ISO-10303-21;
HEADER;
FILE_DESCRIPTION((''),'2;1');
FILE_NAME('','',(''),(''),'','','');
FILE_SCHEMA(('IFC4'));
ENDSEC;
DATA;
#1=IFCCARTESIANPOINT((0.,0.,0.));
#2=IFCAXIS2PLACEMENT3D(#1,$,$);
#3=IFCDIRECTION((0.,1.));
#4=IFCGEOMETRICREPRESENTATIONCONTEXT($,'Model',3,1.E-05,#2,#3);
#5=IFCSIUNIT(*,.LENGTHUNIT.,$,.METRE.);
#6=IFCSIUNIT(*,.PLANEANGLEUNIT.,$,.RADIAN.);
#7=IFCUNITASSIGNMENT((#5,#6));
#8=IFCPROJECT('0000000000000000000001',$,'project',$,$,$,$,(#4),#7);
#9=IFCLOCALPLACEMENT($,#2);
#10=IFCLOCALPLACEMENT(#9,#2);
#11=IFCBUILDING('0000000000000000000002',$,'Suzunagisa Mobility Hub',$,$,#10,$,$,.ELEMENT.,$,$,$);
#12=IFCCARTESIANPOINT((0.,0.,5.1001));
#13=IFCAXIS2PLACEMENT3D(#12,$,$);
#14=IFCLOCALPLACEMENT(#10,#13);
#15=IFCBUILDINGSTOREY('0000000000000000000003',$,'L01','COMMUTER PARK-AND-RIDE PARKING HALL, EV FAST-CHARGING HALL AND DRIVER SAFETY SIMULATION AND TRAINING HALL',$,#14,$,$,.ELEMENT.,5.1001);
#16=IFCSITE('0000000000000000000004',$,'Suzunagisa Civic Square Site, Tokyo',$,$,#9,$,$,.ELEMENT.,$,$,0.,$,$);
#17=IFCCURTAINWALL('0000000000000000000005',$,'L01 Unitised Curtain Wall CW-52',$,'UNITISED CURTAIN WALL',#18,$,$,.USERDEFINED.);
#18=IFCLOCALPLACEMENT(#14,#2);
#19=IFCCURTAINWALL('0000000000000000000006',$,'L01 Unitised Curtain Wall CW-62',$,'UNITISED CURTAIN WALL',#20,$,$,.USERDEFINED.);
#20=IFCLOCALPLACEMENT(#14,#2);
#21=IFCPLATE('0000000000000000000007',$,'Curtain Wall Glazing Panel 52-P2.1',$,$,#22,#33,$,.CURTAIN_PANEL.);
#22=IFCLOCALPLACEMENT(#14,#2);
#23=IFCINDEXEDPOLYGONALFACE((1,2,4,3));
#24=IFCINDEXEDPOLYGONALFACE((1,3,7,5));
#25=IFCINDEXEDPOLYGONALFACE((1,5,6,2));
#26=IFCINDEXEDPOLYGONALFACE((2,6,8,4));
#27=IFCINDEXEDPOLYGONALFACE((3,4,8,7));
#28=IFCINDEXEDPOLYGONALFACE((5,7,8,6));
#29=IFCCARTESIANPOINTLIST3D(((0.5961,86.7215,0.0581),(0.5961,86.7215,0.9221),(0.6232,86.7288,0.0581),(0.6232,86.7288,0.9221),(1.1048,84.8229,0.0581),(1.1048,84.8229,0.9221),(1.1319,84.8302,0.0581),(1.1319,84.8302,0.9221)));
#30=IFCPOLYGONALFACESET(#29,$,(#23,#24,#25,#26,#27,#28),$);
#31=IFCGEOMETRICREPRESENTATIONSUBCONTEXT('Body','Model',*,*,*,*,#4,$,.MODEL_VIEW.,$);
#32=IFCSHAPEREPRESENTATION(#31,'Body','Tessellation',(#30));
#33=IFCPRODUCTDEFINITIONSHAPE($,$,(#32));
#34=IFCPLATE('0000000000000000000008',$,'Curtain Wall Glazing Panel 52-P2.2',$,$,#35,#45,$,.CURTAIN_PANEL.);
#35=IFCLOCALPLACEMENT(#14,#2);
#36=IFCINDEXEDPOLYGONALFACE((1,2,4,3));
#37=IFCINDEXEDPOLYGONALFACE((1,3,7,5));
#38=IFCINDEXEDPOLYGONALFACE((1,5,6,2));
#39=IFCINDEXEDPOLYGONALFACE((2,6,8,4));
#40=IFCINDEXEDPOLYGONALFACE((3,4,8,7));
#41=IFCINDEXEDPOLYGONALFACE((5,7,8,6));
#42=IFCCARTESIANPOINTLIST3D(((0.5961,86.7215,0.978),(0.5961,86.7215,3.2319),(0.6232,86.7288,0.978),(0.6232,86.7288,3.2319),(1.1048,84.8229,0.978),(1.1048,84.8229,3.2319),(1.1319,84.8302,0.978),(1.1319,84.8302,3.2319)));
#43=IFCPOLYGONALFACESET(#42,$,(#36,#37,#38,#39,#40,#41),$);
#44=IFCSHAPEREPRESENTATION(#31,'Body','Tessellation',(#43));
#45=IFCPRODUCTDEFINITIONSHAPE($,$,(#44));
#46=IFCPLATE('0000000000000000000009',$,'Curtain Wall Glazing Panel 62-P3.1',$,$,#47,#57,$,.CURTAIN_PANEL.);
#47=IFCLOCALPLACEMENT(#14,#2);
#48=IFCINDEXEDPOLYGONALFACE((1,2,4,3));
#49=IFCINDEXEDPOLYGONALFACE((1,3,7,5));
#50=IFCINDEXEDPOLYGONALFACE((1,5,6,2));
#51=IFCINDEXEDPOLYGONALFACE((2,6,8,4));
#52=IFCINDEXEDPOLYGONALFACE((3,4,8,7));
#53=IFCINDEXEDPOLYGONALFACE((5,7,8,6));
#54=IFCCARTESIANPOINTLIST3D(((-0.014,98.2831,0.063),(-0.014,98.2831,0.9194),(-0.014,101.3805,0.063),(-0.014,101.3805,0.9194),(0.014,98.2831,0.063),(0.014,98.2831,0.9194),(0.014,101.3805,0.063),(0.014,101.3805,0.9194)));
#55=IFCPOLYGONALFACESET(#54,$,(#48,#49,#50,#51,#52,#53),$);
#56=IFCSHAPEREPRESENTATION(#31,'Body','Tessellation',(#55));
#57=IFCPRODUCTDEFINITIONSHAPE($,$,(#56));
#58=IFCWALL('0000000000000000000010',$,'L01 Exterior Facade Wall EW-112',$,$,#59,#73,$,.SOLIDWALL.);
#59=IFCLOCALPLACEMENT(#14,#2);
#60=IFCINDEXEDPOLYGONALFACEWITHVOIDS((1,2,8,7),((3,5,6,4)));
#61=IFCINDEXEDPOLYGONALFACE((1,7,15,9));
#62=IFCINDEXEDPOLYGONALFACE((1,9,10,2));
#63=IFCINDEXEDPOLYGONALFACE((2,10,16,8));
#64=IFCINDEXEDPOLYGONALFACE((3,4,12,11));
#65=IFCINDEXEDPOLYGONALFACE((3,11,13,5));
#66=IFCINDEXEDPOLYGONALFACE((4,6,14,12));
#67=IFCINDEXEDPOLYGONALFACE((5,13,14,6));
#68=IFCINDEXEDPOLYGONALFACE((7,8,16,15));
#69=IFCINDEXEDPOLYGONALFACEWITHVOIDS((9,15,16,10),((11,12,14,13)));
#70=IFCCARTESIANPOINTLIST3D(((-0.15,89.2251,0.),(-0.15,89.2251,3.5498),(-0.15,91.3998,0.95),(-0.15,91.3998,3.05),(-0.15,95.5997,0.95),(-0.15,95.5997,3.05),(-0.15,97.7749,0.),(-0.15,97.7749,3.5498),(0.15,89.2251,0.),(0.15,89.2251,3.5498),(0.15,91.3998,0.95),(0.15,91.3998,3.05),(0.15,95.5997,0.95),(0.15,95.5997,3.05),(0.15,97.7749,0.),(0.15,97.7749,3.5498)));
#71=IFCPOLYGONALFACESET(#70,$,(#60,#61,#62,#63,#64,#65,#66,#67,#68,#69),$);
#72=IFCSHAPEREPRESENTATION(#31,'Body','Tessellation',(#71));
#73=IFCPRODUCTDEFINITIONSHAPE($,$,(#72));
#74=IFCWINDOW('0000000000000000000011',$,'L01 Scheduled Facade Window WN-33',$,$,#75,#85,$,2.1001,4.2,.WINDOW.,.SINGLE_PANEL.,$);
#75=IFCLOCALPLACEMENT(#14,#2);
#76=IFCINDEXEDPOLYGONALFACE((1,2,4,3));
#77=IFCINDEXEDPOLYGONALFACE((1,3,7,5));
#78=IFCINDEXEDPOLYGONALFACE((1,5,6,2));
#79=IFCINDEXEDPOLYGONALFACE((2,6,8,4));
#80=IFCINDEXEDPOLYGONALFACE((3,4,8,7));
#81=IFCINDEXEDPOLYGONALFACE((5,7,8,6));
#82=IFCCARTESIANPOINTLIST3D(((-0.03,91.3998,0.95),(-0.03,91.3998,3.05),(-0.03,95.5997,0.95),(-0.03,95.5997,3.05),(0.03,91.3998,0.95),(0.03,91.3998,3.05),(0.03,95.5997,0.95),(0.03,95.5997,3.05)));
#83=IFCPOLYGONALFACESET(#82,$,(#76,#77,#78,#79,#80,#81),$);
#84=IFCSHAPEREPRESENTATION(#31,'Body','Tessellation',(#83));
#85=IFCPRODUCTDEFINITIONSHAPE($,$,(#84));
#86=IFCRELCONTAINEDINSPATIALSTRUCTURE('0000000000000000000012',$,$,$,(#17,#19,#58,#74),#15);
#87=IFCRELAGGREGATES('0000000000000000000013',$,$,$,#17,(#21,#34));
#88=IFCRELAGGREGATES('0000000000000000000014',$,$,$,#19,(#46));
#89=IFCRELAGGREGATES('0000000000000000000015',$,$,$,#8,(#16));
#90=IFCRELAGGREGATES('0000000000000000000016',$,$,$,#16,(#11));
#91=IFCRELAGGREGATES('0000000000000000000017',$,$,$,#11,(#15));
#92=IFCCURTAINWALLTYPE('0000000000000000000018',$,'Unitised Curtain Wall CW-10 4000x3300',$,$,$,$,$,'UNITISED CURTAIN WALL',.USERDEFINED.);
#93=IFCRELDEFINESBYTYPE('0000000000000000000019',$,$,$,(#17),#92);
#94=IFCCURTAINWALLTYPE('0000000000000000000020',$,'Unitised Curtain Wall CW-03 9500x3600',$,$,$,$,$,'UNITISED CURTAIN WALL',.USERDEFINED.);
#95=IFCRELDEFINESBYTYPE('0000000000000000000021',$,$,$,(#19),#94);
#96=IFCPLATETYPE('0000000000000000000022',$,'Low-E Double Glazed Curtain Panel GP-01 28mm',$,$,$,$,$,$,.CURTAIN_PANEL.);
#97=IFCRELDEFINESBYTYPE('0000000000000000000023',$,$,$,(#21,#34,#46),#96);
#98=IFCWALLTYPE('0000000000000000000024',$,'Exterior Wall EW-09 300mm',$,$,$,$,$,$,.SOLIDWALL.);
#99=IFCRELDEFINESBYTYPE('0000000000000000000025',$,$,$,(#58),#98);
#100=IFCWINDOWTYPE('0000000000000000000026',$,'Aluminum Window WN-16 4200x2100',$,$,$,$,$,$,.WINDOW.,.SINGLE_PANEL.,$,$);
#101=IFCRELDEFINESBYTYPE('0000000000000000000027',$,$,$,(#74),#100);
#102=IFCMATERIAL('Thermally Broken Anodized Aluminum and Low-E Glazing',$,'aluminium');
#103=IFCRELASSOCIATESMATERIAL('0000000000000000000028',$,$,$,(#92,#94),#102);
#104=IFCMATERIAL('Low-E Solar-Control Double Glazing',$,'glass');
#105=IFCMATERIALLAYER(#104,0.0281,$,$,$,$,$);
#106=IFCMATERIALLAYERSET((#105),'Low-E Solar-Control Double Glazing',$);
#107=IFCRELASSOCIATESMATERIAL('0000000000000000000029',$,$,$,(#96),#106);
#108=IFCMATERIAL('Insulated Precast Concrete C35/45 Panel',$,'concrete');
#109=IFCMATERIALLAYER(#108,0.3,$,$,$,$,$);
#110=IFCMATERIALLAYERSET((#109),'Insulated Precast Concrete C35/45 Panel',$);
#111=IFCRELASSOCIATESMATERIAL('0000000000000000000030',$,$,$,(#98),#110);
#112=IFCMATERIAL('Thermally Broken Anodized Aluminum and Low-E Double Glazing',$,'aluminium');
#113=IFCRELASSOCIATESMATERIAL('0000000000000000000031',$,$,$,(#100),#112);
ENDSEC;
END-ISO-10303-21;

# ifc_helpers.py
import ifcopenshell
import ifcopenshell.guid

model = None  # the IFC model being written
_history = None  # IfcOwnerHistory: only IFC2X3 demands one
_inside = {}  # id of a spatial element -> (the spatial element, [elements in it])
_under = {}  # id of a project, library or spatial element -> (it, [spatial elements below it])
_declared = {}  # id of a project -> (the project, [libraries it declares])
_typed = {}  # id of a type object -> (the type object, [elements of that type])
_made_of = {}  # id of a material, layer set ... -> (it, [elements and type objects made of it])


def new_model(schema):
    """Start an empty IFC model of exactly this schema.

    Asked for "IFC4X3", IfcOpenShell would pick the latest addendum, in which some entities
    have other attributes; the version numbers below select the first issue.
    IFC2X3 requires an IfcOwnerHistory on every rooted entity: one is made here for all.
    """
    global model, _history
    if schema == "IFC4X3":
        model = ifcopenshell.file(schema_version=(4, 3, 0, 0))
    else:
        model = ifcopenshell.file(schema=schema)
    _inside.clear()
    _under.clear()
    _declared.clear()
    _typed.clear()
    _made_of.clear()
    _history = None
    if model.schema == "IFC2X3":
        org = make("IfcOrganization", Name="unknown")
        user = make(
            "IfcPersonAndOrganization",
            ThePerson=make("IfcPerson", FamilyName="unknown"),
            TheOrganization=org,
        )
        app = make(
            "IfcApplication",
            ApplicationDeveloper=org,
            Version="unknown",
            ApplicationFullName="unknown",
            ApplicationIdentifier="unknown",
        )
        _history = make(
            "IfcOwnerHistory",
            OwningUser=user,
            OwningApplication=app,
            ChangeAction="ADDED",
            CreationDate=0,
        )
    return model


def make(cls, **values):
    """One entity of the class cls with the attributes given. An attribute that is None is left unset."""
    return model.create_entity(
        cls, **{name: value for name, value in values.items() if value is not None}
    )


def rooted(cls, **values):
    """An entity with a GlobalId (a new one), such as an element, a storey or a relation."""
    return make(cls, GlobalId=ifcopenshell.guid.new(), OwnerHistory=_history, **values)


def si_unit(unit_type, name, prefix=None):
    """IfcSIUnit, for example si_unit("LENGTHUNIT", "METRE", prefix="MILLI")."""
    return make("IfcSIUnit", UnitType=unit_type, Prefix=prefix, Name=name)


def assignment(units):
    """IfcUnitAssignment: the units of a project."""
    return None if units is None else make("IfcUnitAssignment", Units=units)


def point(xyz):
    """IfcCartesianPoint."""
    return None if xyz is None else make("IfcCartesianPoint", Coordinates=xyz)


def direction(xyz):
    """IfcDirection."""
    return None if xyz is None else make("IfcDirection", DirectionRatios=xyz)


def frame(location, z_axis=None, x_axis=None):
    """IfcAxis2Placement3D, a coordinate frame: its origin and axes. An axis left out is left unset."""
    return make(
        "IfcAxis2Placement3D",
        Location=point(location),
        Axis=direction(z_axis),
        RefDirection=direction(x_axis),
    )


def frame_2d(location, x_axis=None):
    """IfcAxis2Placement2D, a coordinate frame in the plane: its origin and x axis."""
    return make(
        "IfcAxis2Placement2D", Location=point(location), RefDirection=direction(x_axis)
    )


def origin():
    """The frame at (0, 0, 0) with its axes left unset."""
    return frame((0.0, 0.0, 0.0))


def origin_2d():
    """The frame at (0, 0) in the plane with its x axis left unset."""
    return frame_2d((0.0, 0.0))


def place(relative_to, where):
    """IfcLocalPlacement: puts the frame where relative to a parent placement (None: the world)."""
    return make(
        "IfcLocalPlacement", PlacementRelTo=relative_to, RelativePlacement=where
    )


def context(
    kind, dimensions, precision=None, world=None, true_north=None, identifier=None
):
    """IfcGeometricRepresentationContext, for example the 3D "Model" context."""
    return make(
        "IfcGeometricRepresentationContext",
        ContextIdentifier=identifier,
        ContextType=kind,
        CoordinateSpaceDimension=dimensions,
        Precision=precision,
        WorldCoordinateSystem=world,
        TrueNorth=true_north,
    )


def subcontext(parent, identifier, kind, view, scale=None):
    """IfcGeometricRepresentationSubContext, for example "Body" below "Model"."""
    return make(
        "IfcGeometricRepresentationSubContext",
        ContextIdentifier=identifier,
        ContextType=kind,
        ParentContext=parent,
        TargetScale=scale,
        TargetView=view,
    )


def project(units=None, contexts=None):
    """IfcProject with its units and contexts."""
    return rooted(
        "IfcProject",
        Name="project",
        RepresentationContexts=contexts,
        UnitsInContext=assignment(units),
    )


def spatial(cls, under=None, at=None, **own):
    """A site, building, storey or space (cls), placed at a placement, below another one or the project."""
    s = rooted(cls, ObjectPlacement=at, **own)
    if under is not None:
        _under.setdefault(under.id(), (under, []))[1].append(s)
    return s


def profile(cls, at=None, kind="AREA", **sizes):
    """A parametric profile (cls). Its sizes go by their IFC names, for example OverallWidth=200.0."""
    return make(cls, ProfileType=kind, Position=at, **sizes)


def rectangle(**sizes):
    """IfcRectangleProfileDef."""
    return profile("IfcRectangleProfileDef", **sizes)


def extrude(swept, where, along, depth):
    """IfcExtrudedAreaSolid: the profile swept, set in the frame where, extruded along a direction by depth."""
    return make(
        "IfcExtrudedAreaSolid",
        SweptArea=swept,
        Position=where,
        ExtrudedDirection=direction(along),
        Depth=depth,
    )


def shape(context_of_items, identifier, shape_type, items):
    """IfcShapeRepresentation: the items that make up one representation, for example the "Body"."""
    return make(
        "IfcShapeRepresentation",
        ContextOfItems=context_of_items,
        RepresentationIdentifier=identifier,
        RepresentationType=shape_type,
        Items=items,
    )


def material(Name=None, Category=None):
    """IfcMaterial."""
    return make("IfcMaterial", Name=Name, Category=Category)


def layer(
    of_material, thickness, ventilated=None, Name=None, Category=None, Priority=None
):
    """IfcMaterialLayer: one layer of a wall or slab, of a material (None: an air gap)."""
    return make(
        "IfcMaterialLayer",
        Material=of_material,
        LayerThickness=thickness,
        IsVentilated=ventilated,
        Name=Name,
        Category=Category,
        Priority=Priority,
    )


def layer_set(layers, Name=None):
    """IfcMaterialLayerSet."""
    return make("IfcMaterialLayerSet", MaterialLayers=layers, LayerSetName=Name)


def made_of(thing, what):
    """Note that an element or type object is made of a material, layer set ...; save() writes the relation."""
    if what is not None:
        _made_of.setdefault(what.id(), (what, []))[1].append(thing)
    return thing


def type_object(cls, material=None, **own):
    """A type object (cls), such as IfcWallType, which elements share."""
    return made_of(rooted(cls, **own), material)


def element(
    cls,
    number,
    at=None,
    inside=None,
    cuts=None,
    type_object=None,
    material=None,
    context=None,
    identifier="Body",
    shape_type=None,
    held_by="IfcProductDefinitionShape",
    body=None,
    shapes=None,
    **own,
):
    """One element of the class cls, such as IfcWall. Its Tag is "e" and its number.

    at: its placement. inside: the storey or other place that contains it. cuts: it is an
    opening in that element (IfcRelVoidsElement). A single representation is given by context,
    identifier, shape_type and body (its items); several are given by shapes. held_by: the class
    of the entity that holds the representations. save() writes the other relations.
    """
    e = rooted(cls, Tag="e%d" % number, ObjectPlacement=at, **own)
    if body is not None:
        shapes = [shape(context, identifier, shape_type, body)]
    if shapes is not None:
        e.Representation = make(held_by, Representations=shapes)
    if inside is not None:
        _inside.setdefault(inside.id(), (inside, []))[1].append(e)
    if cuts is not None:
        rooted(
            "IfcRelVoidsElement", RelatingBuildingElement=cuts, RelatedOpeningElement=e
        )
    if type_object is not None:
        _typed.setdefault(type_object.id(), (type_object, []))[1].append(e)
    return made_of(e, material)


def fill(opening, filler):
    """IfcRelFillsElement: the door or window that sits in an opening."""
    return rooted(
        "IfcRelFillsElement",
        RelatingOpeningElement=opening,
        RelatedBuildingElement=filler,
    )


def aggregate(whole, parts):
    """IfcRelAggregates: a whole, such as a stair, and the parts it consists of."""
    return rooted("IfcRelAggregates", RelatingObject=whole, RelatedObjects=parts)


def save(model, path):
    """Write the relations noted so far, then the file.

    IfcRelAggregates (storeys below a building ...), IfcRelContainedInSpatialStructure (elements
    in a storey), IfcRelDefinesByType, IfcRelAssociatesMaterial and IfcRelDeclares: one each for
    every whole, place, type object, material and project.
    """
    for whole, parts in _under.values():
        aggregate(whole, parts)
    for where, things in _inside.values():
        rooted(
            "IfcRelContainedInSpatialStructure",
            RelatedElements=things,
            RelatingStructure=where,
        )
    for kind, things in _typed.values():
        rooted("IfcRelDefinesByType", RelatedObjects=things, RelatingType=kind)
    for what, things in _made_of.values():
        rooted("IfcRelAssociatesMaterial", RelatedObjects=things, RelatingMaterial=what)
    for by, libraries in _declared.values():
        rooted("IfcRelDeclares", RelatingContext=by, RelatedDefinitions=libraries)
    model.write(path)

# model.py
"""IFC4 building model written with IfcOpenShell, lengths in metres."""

from ifc_helpers import new_model, si_unit, direction, frame, frame_2d, origin, origin_2d, place, context, subcontext, project, spatial, rectangle, extrude, material, layer, layer_set, type_object, element, fill, aggregate, save


model = new_model("IFC4")

# Units and contexts
model_context = context("Model", 3, precision=1e-05, world=origin(), true_north=direction((0.0, 1.0)))
body_context = subcontext(model_context, "Body", "Model", "MODEL_VIEW")
ifc_project = project(units=[si_unit("LENGTHUNIT", "METRE"), si_unit("PLANEANGLEUNIT", "RADIAN")], contexts=[model_context])

# Site, building, storey
site_placement = place(None, origin())
site = spatial("IfcSite", under=ifc_project, at=site_placement, Name="Suzunagisa Civic Square Site, Tokyo", CompositionType="ELEMENT", RefElevation=0.0)
building_placement = place(site_placement, origin())
building = spatial("IfcBuilding", under=site, at=building_placement, Name="Suzunagisa Mobility Hub", CompositionType="ELEMENT")
storey_placement = place(building_placement, frame((0.0, 0.0, 5.1001)))
storey = spatial("IfcBuildingStorey", under=building, at=storey_placement, Name="L01", Description="COMMUTER PARK-AND-RIDE PARKING HALL, EV FAST-CHARGING HALL AND DRIVER SAFETY SIMULATION AND TRAINING HALL", CompositionType="ELEMENT", Elevation=5.1001)

# Curtain wall
ifc_material_1 = material(Name="Thermally Broken Anodized Aluminum and Low-E Glazing", Category="aluminium")
curtain_wall_type_1 = type_object("IfcCurtainWallType", Name="Unitised Curtain Wall CW-10 4000x3300", ElementType="UNITISED CURTAIN WALL", PredefinedType="USERDEFINED", material=ifc_material_1)
curtain_wall_1_placement = place(storey_placement, origin())
curtain_wall_1 = element("IfcCurtainWall", 1, at=curtain_wall_1_placement, inside=storey, type_object=curtain_wall_type_1, Name="L01 Unitised Curtain Wall CW-52", ObjectType="UNITISED CURTAIN WALL", PredefinedType="USERDEFINED")

# Curtain wall
curtain_wall_type_2 = type_object("IfcCurtainWallType", Name="Unitised Curtain Wall CW-03 9500x3600", ElementType="UNITISED CURTAIN WALL", PredefinedType="USERDEFINED", material=ifc_material_1)
curtain_wall_2_placement = place(storey_placement, origin())
curtain_wall_2 = element("IfcCurtainWall", 2, at=curtain_wall_2_placement, inside=storey, type_object=curtain_wall_type_2, Name="L01 Unitised Curtain Wall CW-62", ObjectType="UNITISED CURTAIN WALL", PredefinedType="USERDEFINED")

# Plates
ifc_material_2 = material(Name="Low-E Solar-Control Double Glazing", Category="glass")
ifc_layer_1 = layer(ifc_material_2, 0.0281)
ifc_layer_set_1 = layer_set([ifc_layer_1], Name="Low-E Solar-Control Double Glazing")
plate_type = type_object("IfcPlateType", Name="Low-E Double Glazed Curtain Panel GP-01 28mm", PredefinedType="CURTAIN_PANEL", material=ifc_layer_set_1)
plate_1_placement = place(storey_placement, frame((0.864, 85.7759, 0.0581), z_axis=(0.0, 0.0, 1.0), x_axis=(0.258821, -0.965925, 0.0)))
plate_1 = element("IfcPlate", 3, at=plate_1_placement, type_object=plate_type, Name="Curtain Wall Glazing Panel 52-P2.1", PredefinedType="CURTAIN_PANEL", context=body_context, shape_type="SweptSolid", body=[
    extrude(rectangle(XDim=1.9656, YDim=0.0281, at=origin_2d()), origin(), (0.0, 0.0, 1.0), 0.864),
])
plate_2_placement = place(storey_placement, frame((0.864, 85.7759, 0.978), z_axis=(0.0, 0.0, 1.0), x_axis=(0.258821, -0.965925, 0.0)))
plate_2 = element("IfcPlate", 4, at=plate_2_placement, type_object=plate_type, Name="Curtain Wall Glazing Panel 52-P2.2", PredefinedType="CURTAIN_PANEL", context=body_context, shape_type="SweptSolid", body=[
    extrude(rectangle(XDim=1.9656, YDim=0.0281, at=origin_2d()), origin(), (0.0, 0.0, 1.0), 2.2539),
])
aggregate(curtain_wall_1, [plate_1, plate_2])
plate_3_placement = place(storey_placement, frame((0.0, 99.8318, 0.063), z_axis=(0.0, 0.0, 1.0), x_axis=(0.0, -1.0, 0.0)))
plate_3 = element("IfcPlate", 5, at=plate_3_placement, type_object=plate_type, Name="Curtain Wall Glazing Panel 62-P3.1", PredefinedType="CURTAIN_PANEL", context=body_context, shape_type="SweptSolid", body=[
    extrude(rectangle(XDim=3.0974, YDim=0.0281, at=origin_2d()), origin(), (0.0, 0.0, 1.0), 0.8564),
])
aggregate(curtain_wall_2, [plate_3])

# Wall, opening, window
ifc_material_3 = material(Name="Insulated Precast Concrete C35/45 Panel", Category="concrete")
ifc_layer_2 = layer(ifc_material_3, 0.3)
ifc_layer_set_2 = layer_set([ifc_layer_2], Name="Insulated Precast Concrete C35/45 Panel")
wall_type = type_object("IfcWallType", Name="Exterior Wall EW-09 300mm", PredefinedType="SOLIDWALL", material=ifc_layer_set_2)
wall_placement = place(storey_placement, frame((0.0, 97.7749, 0.0), z_axis=(0.0, 0.0, 1.0), x_axis=(0.0, -1.0, 0.0)))
wall = element("IfcWall", 6, at=wall_placement, inside=storey, type_object=wall_type, Name="L01 Exterior Facade Wall EW-112", PredefinedType="SOLIDWALL", context=body_context, shape_type="SweptSolid", body=[
    extrude(rectangle(XDim=8.5498, YDim=0.3, at=frame_2d((4.2749, 0.0))), origin(), (0.0, 0.0, 1.0), 3.5498),
])
opening_placement = place(wall_placement, frame((2.175, 0.0, 0.95)))
opening = element("IfcOpeningElement", 7, at=opening_placement, cuts=wall, PredefinedType="OPENING", context=body_context, shape_type="SweptSolid", body=[
    extrude(rectangle(XDim=4.2, YDim=2.1001, at=frame_2d((2.1001, 1.05))), frame((0.0, 0.1611, 0.0), z_axis=(0.0, -1.0, 0.0), x_axis=(1.0, 0.0, 0.0)), (0.0, 0.0, 1.0), 0.322),
])
ifc_material_4 = material(Name="Thermally Broken Anodized Aluminum and Low-E Double Glazing", Category="aluminium")
window_type = type_object("IfcWindowType", Name="Aluminum Window WN-16 4200x2100", PartitioningType="SINGLE_PANEL", PredefinedType="WINDOW", material=ifc_material_4)
window_placement = place(opening_placement, origin())
window = element("IfcWindow", 8, at=window_placement, inside=storey, type_object=window_type, Name="L01 Scheduled Facade Window WN-33", OverallHeight=2.1001, OverallWidth=4.2, PartitioningType="SINGLE_PANEL", PredefinedType="WINDOW", context=body_context, shape_type="SweptSolid", body=[
    extrude(rectangle(XDim=4.2, YDim=2.1001, at=frame_2d((2.1001, 1.05))), frame((0.0, 0.03, 0.0), z_axis=(0.0, -1.0, 0.0), x_axis=(1.0, 0.0, 0.0)), (0.0, 0.0, 1.0), 0.0601),
])
fill(opening, window)

save(model, "model.ifc")
